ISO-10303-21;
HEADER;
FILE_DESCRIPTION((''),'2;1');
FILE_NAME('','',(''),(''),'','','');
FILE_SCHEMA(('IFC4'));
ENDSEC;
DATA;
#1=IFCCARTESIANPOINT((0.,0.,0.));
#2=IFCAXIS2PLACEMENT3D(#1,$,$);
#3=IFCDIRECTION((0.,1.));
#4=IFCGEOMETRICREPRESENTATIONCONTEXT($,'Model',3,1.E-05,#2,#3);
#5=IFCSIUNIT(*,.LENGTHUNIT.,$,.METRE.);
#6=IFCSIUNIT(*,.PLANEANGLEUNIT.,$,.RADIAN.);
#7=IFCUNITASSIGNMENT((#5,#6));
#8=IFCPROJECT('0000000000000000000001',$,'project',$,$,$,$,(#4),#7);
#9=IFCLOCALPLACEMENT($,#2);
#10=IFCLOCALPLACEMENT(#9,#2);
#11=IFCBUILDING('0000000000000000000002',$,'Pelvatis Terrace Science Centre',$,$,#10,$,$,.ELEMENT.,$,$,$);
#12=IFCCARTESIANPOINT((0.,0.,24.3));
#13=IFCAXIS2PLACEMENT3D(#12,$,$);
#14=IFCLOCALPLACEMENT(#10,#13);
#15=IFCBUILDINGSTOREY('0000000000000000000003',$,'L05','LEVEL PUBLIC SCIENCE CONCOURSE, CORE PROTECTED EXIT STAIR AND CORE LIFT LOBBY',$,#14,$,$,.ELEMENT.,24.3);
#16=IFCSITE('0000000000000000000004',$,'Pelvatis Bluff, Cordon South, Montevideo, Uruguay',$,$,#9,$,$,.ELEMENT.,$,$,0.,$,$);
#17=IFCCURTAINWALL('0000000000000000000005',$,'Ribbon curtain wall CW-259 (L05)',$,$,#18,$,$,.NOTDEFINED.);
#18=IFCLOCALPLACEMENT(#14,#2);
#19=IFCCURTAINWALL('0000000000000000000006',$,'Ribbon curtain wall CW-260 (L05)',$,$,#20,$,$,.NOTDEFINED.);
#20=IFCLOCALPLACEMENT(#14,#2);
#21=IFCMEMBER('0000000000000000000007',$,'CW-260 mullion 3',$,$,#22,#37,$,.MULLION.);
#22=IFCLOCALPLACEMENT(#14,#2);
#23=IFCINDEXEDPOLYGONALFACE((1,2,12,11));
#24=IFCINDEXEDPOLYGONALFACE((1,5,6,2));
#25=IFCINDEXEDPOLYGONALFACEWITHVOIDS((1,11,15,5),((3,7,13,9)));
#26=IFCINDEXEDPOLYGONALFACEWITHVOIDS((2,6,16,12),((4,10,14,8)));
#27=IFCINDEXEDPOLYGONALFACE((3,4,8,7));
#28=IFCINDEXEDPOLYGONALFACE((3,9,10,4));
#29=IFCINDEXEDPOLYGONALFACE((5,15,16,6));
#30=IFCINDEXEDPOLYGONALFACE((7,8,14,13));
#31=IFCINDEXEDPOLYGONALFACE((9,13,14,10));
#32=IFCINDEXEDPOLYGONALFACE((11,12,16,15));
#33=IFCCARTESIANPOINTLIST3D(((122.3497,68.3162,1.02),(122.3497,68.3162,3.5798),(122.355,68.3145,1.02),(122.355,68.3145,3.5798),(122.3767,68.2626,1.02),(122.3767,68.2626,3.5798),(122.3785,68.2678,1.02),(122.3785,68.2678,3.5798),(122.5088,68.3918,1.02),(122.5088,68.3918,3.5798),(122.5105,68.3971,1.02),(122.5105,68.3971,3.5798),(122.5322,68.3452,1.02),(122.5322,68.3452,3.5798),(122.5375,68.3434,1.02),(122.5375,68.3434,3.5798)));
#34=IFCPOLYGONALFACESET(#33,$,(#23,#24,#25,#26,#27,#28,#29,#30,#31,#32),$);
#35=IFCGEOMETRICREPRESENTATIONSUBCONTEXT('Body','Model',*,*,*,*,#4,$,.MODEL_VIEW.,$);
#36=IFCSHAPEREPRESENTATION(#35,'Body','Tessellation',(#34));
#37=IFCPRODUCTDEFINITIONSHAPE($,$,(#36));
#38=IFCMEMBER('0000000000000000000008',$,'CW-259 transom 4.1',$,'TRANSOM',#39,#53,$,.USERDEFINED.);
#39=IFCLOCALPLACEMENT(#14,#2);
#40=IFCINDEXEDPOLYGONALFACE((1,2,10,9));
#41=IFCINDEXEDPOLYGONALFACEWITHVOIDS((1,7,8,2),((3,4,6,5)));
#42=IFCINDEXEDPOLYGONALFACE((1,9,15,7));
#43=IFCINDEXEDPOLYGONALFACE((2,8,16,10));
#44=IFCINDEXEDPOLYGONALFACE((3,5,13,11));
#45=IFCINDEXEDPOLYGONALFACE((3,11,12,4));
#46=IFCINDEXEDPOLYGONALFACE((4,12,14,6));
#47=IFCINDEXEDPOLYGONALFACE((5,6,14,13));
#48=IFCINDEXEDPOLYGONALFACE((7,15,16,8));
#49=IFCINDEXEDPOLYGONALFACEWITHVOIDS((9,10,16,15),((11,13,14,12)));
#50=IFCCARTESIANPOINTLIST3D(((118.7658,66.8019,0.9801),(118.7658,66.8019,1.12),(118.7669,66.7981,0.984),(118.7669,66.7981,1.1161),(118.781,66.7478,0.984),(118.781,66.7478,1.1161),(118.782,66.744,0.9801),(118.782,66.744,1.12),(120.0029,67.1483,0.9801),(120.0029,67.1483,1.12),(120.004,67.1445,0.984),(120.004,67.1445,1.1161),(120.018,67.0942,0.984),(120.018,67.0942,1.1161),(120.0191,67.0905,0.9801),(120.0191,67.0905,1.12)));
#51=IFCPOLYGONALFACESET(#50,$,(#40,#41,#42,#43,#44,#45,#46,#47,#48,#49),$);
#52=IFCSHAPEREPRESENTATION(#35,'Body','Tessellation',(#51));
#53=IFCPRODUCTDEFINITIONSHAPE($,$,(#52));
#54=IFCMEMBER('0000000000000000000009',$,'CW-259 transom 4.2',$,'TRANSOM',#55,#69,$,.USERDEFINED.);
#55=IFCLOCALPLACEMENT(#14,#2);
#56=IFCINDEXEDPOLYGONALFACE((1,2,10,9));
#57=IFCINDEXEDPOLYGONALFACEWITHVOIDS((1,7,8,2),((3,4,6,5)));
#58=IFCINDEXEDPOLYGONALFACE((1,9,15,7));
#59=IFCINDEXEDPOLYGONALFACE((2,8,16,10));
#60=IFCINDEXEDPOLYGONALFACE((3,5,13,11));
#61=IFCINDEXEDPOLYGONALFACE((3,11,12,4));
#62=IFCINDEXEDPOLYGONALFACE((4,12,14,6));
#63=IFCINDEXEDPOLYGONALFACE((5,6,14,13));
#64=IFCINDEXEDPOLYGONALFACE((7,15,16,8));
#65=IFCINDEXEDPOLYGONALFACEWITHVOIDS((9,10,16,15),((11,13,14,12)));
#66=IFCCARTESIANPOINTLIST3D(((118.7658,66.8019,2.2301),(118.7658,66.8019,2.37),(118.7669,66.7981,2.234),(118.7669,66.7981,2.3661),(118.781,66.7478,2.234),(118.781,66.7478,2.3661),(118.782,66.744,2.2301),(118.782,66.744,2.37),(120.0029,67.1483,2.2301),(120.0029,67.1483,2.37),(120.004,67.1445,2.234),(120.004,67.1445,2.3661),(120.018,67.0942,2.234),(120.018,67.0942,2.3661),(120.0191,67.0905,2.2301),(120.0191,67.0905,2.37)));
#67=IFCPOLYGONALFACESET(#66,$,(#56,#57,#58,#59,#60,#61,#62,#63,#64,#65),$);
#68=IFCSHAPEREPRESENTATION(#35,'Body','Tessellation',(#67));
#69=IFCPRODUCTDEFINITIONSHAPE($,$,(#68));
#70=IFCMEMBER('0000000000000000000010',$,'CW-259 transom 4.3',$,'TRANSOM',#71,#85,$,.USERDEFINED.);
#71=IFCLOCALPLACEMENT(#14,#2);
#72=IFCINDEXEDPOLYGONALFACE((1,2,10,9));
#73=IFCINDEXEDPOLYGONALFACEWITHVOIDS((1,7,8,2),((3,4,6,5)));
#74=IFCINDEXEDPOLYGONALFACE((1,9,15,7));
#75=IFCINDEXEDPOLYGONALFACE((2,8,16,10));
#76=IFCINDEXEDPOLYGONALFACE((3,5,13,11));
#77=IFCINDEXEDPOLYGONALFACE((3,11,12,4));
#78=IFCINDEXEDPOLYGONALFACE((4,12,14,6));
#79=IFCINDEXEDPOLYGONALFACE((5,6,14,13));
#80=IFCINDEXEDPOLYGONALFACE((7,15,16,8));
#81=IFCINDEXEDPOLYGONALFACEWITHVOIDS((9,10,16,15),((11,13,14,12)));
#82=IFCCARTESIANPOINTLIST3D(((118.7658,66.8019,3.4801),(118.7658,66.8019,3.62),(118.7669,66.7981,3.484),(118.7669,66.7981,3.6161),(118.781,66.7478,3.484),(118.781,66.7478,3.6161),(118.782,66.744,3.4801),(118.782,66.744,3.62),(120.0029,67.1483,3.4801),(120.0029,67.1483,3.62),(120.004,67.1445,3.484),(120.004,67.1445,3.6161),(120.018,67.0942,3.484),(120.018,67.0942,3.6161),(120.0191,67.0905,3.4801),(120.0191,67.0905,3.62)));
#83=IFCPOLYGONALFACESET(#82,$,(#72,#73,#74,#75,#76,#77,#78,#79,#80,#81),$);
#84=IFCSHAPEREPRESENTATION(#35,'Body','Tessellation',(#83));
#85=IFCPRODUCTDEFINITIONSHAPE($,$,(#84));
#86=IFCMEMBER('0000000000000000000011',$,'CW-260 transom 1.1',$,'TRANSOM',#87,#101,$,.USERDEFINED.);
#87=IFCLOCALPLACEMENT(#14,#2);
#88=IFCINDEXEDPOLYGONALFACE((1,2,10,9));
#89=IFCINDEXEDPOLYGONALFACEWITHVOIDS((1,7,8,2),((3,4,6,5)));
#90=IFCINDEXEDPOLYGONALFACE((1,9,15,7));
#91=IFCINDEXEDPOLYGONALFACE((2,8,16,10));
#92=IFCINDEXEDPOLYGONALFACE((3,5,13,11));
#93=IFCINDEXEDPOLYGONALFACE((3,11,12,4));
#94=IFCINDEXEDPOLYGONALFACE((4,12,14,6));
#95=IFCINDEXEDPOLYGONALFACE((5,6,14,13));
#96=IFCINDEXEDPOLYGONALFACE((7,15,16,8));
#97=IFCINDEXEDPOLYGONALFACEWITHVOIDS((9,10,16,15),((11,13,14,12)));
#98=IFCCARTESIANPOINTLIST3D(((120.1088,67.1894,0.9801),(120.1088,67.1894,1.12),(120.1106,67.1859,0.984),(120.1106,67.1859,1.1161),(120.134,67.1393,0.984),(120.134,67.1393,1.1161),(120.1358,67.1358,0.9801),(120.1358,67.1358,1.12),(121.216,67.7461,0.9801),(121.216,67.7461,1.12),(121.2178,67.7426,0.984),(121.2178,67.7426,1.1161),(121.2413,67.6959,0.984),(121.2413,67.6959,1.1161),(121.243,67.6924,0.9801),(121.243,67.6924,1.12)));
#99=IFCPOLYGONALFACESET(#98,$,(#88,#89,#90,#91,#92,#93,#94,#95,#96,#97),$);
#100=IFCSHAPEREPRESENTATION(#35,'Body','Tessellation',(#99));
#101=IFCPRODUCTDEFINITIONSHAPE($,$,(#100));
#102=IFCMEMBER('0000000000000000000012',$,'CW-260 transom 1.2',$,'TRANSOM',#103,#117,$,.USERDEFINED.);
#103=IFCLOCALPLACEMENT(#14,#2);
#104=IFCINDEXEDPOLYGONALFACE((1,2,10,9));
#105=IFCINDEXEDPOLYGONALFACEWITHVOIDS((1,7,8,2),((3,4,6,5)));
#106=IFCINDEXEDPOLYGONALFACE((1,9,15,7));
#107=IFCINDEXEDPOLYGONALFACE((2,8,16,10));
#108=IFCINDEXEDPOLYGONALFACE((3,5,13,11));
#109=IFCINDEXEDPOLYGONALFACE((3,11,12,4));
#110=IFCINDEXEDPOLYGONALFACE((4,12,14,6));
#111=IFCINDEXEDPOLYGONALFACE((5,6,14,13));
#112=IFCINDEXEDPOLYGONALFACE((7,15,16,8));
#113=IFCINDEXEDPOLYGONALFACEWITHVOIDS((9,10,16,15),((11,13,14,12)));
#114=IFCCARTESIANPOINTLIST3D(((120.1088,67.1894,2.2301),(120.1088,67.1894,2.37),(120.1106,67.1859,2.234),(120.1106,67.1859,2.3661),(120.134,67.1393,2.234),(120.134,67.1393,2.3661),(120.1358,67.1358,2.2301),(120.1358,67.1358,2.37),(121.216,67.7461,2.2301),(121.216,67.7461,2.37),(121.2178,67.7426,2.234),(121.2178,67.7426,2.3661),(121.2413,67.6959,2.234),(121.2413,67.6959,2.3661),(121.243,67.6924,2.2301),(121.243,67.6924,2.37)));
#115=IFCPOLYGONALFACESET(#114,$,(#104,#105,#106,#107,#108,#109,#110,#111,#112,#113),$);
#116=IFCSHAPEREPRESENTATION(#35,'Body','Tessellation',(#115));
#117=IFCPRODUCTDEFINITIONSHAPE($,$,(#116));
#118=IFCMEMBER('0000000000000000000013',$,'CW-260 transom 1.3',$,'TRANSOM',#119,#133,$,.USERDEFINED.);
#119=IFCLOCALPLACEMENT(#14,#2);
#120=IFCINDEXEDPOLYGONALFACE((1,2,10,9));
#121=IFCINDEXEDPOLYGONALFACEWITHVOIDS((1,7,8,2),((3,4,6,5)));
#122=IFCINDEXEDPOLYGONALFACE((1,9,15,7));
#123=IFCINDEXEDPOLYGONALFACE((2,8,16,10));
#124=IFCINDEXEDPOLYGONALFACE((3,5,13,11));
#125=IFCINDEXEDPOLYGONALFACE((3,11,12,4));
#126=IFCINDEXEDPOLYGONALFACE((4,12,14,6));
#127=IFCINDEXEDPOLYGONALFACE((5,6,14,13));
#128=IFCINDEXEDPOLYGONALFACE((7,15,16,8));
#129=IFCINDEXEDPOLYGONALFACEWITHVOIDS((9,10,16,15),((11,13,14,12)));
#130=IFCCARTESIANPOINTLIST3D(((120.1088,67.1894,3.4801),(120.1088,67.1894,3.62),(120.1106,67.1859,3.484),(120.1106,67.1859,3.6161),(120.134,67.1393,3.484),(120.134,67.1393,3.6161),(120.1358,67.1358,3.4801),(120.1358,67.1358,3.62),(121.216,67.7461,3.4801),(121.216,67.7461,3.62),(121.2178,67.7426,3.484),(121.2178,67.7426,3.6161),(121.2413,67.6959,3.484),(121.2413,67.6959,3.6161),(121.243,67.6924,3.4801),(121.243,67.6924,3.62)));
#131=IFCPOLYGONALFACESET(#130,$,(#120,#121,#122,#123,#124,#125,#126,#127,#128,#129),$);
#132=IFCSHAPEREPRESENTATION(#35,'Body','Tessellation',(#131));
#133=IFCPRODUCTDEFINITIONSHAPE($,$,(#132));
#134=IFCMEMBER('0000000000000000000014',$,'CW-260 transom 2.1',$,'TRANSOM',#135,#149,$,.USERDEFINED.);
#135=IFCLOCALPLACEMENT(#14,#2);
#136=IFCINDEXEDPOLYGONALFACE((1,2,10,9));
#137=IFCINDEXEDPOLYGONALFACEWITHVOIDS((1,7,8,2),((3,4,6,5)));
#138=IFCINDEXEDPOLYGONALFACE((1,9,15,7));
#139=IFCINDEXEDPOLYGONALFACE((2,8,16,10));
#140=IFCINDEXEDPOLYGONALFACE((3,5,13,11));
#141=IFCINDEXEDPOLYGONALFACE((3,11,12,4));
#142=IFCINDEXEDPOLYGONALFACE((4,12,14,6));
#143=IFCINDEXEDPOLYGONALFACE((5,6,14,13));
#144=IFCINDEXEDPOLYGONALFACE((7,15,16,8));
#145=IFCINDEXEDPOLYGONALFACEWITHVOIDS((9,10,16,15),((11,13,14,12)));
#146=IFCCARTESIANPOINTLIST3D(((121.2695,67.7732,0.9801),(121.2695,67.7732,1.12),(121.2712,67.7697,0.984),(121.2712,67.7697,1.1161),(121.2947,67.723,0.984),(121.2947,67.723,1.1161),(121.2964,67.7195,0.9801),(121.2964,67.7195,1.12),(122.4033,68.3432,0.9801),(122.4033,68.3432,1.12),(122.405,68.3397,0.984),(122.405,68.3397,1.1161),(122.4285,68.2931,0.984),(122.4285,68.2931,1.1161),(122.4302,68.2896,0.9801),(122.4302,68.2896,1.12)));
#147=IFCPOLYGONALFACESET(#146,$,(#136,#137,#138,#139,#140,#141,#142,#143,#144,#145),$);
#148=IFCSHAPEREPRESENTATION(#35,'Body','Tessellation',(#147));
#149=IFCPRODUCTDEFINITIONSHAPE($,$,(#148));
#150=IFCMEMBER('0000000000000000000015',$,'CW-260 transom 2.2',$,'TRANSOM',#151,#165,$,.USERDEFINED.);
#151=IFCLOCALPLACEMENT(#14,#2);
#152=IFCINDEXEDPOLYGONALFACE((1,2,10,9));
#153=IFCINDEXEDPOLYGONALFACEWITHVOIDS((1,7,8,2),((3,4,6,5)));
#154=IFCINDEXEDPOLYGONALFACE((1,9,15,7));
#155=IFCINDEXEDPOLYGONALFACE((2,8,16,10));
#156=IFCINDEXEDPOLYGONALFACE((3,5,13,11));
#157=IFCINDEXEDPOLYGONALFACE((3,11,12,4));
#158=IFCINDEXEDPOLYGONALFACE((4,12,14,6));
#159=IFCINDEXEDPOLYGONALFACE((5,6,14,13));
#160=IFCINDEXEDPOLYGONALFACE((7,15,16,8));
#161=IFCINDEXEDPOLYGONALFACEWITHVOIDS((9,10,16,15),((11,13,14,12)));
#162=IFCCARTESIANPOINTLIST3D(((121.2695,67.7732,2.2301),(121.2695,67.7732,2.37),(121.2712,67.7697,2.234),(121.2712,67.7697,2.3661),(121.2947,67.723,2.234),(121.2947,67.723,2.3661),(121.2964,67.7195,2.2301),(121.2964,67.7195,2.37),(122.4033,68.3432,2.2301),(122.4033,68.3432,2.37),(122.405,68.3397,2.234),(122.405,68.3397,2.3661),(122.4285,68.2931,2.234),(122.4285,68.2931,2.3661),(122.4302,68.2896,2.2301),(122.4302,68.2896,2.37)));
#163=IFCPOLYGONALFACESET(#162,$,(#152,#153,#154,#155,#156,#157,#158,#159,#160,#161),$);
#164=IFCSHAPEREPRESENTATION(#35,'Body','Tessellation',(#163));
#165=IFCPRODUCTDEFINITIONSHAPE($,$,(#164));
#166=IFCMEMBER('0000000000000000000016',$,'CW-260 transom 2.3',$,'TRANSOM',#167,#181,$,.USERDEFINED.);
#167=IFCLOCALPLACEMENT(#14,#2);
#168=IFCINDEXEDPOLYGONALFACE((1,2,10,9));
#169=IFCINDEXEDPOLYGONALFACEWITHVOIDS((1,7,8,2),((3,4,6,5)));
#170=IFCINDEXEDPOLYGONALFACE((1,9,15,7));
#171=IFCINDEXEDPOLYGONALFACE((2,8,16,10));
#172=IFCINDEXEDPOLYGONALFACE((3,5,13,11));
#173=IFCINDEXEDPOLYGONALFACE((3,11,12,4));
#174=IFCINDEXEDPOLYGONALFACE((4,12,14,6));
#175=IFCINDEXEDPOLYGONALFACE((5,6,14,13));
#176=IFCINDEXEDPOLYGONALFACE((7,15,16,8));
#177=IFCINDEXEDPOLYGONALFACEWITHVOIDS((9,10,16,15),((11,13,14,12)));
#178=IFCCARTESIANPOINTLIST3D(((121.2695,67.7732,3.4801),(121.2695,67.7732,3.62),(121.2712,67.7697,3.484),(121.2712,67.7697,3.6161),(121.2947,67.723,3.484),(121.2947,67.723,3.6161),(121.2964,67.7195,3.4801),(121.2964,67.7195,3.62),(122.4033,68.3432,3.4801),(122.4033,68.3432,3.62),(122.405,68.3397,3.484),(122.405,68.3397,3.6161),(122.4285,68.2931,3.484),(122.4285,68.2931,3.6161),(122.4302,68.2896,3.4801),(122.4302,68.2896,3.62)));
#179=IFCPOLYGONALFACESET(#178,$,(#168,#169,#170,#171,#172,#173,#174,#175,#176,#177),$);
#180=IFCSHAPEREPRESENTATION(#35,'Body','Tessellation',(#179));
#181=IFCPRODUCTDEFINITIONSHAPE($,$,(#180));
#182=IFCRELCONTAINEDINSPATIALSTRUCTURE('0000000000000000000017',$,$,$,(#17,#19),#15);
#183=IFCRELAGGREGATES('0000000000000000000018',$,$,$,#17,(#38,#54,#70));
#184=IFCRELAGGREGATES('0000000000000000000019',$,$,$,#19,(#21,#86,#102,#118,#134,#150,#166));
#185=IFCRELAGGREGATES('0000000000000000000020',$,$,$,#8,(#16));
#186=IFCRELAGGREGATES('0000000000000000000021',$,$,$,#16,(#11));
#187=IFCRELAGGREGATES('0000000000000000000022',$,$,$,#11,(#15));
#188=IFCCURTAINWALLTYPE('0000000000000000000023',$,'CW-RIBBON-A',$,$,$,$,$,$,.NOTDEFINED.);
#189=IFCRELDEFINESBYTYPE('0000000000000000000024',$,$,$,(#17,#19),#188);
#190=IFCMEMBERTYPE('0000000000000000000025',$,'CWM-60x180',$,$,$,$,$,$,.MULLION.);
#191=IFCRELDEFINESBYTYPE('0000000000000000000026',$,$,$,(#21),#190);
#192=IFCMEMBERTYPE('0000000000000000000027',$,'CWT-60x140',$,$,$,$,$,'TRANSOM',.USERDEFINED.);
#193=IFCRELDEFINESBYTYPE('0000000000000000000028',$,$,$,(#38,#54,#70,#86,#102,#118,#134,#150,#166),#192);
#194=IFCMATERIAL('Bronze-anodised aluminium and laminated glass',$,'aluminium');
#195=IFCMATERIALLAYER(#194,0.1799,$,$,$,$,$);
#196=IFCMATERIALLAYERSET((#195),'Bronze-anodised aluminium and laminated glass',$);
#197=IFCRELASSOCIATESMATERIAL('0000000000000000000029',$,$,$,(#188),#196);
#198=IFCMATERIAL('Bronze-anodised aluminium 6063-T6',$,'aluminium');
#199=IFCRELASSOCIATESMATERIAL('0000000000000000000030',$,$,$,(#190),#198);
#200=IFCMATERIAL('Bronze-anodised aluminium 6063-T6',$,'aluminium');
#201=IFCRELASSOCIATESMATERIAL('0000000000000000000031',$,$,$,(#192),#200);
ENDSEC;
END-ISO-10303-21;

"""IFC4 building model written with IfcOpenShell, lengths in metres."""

from ifc_helpers import new_model, si_unit, direction, frame, origin, origin_2d, place, context, subcontext, project, spatial, hollow_rectangle, extrude, material, layer, layer_set, material_profile, profile_set, type_object, element, aggregate, save


model = new_model("IFC4")

# Units and contexts
model_context = context("Model", 3, precision=1e-05, world=origin(), true_north=direction((0.0, 1.0)))
body_context = subcontext(model_context, "Body", "Model", "MODEL_VIEW")
ifc_project = project(units=[si_unit("LENGTHUNIT", "METRE"), si_unit("PLANEANGLEUNIT", "RADIAN")], contexts=[model_context])

# Site, building, storey
site_placement = place(None, origin())
site = spatial("IfcSite", under=ifc_project, at=site_placement, Name="Pelvatis Bluff, Cordon South, Montevideo, Uruguay", CompositionType="ELEMENT", RefElevation=0.0)
building_placement = place(site_placement, origin())
building = spatial("IfcBuilding", under=site, at=building_placement, Name="Pelvatis Terrace Science Centre", CompositionType="ELEMENT")
storey_placement = place(building_placement, frame((0.0, 0.0, 24.3)))
storey = spatial("IfcBuildingStorey", under=building, at=storey_placement, Name="L05", Description="LEVEL PUBLIC SCIENCE CONCOURSE, CORE PROTECTED EXIT STAIR AND CORE LIFT LOBBY", CompositionType="ELEMENT", Elevation=24.3)

# Curtain wall
ifc_material_1 = material(Name="Bronze-anodised aluminium and laminated glass", Category="aluminium")
ifc_layer_1 = layer(ifc_material_1, 0.1799)
ifc_layer_set_1 = layer_set([ifc_layer_1], Name="Bronze-anodised aluminium and laminated glass")
curtain_wall_type = type_object("IfcCurtainWallType", Name="CW-RIBBON-A", PredefinedType="NOTDEFINED", material=ifc_layer_set_1)
curtain_wall_1_placement = place(storey_placement, origin())
curtain_wall_1 = element("IfcCurtainWall", 1, at=curtain_wall_1_placement, inside=storey, type_object=curtain_wall_type, Name="Ribbon curtain wall CW-259 (L05)", PredefinedType="NOTDEFINED")
ifc_material_2 = material(Name="Bronze-anodised aluminium 6063-T6", Category="aluminium")
ifc_material_profile_1 = material_profile(ifc_material_2, hollow_rectangle(XDim=0.0601, YDim=0.1799, WallThickness=0.0039, at=origin_2d()), Name="ALU-MUL 60x180")
ifc_profile_set_1 = profile_set([ifc_material_profile_1], Name="Bronze-anodised aluminium 6063-T6")
member_type_1 = type_object("IfcMemberType", Name="CWM-60x180", PredefinedType="MULLION", material=ifc_profile_set_1)

# Curtain wall, member
curtain_wall_2_placement = place(storey_placement, origin())
curtain_wall_2 = element("IfcCurtainWall", 2, at=curtain_wall_2_placement, inside=storey, type_object=curtain_wall_type, Name="Ribbon curtain wall CW-260 (L05)", PredefinedType="NOTDEFINED")
member_1_placement = place(storey_placement, frame((122.4436, 68.3298, 1.02), z_axis=(0.0, 0.0, 1.0), x_axis=(-0.449304, 0.893379, 0.0)))
member_1 = element("IfcMember", 3, at=member_1_placement, type_object=member_type_1, Name="CW-260 mullion 3", PredefinedType="MULLION", context=body_context, shape_type="SweptSolid", body=[
    extrude(hollow_rectangle(XDim=0.0601, YDim=0.1799, WallThickness=0.0039, at=origin_2d()), origin(), (0.0, 0.0, 1.0), 2.5598),
])

# Members
ifc_material_3 = material(Name="Bronze-anodised aluminium 6063-T6", Category="aluminium")
ifc_material_profile_2 = material_profile(ifc_material_3, hollow_rectangle(XDim=0.0601, YDim=0.1399, WallThickness=0.0039, at=origin_2d()), Name="ALU-TRN 60x140")
ifc_profile_set_2 = profile_set([ifc_material_profile_2], Name="Bronze-anodised aluminium 6063-T6")
member_type_2 = type_object("IfcMemberType", Name="CWT-60x140", ElementType="TRANSOM", PredefinedType="USERDEFINED", material=ifc_profile_set_2)
member_2_placement = place(storey_placement, frame((118.7739, 66.7729, 1.05), z_axis=(0.962952, 0.269672, 0.0), x_axis=(-0.269672, 0.962952, 0.0)))
member_2 = element("IfcMember", 4, at=member_2_placement, type_object=member_type_2, Name="CW-259 transom 4.1", ObjectType="TRANSOM", PredefinedType="USERDEFINED", context=body_context, shape_type="SweptSolid", body=[
    extrude(hollow_rectangle(XDim=0.0601, YDim=0.1399, WallThickness=0.0039, at=origin_2d()), origin(), (0.0, 0.0, 1.0), 1.2847),
])
member_3_placement = place(storey_placement, frame((118.7739, 66.7729, 2.3), z_axis=(0.962952, 0.269672, 0.0), x_axis=(-0.269672, 0.962952, 0.0)))
member_3 = element("IfcMember", 5, at=member_3_placement, type_object=member_type_2, Name="CW-259 transom 4.2", ObjectType="TRANSOM", PredefinedType="USERDEFINED", context=body_context, shape_type="SweptSolid", body=[
    extrude(hollow_rectangle(XDim=0.0601, YDim=0.1399, WallThickness=0.0039, at=origin_2d()), origin(), (0.0, 0.0, 1.0), 1.2847),
])
member_4_placement = place(storey_placement, frame((118.7739, 66.7729, 3.55), z_axis=(0.962952, 0.269672, 0.0), x_axis=(-0.269672, 0.962952, 0.0)))
member_4 = element("IfcMember", 6, at=member_4_placement, type_object=member_type_2, Name="CW-259 transom 4.3", ObjectType="TRANSOM", PredefinedType="USERDEFINED", context=body_context, shape_type="SweptSolid", body=[
    extrude(hollow_rectangle(XDim=0.0601, YDim=0.1399, WallThickness=0.0039, at=origin_2d()), origin(), (0.0, 0.0, 1.0), 1.2847),
])
member_5_placement = place(storey_placement, frame((120.1223, 67.1626, 1.05), z_axis=(0.89344, 0.449183, 0.0), x_axis=(-0.449183, 0.89344, 0.0)))
member_5 = element("IfcMember", 7, at=member_5_placement, type_object=member_type_2, Name="CW-260 transom 1.1", ObjectType="TRANSOM", PredefinedType="USERDEFINED", context=body_context, shape_type="SweptSolid", body=[
    extrude(hollow_rectangle(XDim=0.0601, YDim=0.1399, WallThickness=0.0039, at=origin_2d()), origin(), (0.0, 0.0, 1.0), 1.2393),
])
member_6_placement = place(storey_placement, frame((120.1223, 67.1626, 2.3), z_axis=(0.89344, 0.449183, 0.0), x_axis=(-0.449183, 0.89344, 0.0)))
member_6 = element("IfcMember", 8, at=member_6_placement, type_object=member_type_2, Name="CW-260 transom 1.2", ObjectType="TRANSOM", PredefinedType="USERDEFINED", context=body_context, shape_type="SweptSolid", body=[
    extrude(hollow_rectangle(XDim=0.0601, YDim=0.1399, WallThickness=0.0039, at=origin_2d()), origin(), (0.0, 0.0, 1.0), 1.2393),
])
member_7_placement = place(storey_placement, frame((120.1223, 67.1626, 3.55), z_axis=(0.89344, 0.449183, 0.0), x_axis=(-0.449183, 0.89344, 0.0)))
member_7 = element("IfcMember", 9, at=member_7_placement, type_object=member_type_2, Name="CW-260 transom 1.3", ObjectType="TRANSOM", PredefinedType="USERDEFINED", context=body_context, shape_type="SweptSolid", body=[
    extrude(hollow_rectangle(XDim=0.0601, YDim=0.1399, WallThickness=0.0039, at=origin_2d()), origin(), (0.0, 0.0, 1.0), 1.2393),
])
member_8_placement = place(storey_placement, frame((121.283, 67.7463, 1.05), z_axis=(0.893425, 0.449213, 0.0), x_axis=(-0.449213, 0.893425, 0.0)))
member_8 = element("IfcMember", 10, at=member_8_placement, type_object=member_type_2, Name="CW-260 transom 2.1", ObjectType="TRANSOM", PredefinedType="USERDEFINED", context=body_context, shape_type="SweptSolid", body=[
    extrude(hollow_rectangle(XDim=0.0601, YDim=0.1399, WallThickness=0.0039, at=origin_2d()), origin(), (0.0, 0.0, 1.0), 1.269),
])
member_9_placement = place(storey_placement, frame((121.283, 67.7463, 2.3), z_axis=(0.893425, 0.449213, 0.0), x_axis=(-0.449213, 0.893425, 0.0)))
member_9 = element("IfcMember", 11, at=member_9_placement, type_object=member_type_2, Name="CW-260 transom 2.2", ObjectType="TRANSOM", PredefinedType="USERDEFINED", context=body_context, shape_type="SweptSolid", body=[
    extrude(hollow_rectangle(XDim=0.0601, YDim=0.1399, WallThickness=0.0039, at=origin_2d()), origin(), (0.0, 0.0, 1.0), 1.269),
])
member_10_placement = place(storey_placement, frame((121.283, 67.7463, 3.55), z_axis=(0.893425, 0.449213, 0.0), x_axis=(-0.449213, 0.893425, 0.0)))
member_10 = element("IfcMember", 12, at=member_10_placement, type_object=member_type_2, Name="CW-260 transom 2.3", ObjectType="TRANSOM", PredefinedType="USERDEFINED", context=body_context, shape_type="SweptSolid", body=[
    extrude(hollow_rectangle(XDim=0.0601, YDim=0.1399, WallThickness=0.0039, at=origin_2d()), origin(), (0.0, 0.0, 1.0), 1.269),
])

aggregate(curtain_wall_1, [member_2, member_3, member_4])
aggregate(curtain_wall_2, [member_1, member_5, member_6, member_7, member_8, member_9, member_10])

save(model, "model.ifc")
